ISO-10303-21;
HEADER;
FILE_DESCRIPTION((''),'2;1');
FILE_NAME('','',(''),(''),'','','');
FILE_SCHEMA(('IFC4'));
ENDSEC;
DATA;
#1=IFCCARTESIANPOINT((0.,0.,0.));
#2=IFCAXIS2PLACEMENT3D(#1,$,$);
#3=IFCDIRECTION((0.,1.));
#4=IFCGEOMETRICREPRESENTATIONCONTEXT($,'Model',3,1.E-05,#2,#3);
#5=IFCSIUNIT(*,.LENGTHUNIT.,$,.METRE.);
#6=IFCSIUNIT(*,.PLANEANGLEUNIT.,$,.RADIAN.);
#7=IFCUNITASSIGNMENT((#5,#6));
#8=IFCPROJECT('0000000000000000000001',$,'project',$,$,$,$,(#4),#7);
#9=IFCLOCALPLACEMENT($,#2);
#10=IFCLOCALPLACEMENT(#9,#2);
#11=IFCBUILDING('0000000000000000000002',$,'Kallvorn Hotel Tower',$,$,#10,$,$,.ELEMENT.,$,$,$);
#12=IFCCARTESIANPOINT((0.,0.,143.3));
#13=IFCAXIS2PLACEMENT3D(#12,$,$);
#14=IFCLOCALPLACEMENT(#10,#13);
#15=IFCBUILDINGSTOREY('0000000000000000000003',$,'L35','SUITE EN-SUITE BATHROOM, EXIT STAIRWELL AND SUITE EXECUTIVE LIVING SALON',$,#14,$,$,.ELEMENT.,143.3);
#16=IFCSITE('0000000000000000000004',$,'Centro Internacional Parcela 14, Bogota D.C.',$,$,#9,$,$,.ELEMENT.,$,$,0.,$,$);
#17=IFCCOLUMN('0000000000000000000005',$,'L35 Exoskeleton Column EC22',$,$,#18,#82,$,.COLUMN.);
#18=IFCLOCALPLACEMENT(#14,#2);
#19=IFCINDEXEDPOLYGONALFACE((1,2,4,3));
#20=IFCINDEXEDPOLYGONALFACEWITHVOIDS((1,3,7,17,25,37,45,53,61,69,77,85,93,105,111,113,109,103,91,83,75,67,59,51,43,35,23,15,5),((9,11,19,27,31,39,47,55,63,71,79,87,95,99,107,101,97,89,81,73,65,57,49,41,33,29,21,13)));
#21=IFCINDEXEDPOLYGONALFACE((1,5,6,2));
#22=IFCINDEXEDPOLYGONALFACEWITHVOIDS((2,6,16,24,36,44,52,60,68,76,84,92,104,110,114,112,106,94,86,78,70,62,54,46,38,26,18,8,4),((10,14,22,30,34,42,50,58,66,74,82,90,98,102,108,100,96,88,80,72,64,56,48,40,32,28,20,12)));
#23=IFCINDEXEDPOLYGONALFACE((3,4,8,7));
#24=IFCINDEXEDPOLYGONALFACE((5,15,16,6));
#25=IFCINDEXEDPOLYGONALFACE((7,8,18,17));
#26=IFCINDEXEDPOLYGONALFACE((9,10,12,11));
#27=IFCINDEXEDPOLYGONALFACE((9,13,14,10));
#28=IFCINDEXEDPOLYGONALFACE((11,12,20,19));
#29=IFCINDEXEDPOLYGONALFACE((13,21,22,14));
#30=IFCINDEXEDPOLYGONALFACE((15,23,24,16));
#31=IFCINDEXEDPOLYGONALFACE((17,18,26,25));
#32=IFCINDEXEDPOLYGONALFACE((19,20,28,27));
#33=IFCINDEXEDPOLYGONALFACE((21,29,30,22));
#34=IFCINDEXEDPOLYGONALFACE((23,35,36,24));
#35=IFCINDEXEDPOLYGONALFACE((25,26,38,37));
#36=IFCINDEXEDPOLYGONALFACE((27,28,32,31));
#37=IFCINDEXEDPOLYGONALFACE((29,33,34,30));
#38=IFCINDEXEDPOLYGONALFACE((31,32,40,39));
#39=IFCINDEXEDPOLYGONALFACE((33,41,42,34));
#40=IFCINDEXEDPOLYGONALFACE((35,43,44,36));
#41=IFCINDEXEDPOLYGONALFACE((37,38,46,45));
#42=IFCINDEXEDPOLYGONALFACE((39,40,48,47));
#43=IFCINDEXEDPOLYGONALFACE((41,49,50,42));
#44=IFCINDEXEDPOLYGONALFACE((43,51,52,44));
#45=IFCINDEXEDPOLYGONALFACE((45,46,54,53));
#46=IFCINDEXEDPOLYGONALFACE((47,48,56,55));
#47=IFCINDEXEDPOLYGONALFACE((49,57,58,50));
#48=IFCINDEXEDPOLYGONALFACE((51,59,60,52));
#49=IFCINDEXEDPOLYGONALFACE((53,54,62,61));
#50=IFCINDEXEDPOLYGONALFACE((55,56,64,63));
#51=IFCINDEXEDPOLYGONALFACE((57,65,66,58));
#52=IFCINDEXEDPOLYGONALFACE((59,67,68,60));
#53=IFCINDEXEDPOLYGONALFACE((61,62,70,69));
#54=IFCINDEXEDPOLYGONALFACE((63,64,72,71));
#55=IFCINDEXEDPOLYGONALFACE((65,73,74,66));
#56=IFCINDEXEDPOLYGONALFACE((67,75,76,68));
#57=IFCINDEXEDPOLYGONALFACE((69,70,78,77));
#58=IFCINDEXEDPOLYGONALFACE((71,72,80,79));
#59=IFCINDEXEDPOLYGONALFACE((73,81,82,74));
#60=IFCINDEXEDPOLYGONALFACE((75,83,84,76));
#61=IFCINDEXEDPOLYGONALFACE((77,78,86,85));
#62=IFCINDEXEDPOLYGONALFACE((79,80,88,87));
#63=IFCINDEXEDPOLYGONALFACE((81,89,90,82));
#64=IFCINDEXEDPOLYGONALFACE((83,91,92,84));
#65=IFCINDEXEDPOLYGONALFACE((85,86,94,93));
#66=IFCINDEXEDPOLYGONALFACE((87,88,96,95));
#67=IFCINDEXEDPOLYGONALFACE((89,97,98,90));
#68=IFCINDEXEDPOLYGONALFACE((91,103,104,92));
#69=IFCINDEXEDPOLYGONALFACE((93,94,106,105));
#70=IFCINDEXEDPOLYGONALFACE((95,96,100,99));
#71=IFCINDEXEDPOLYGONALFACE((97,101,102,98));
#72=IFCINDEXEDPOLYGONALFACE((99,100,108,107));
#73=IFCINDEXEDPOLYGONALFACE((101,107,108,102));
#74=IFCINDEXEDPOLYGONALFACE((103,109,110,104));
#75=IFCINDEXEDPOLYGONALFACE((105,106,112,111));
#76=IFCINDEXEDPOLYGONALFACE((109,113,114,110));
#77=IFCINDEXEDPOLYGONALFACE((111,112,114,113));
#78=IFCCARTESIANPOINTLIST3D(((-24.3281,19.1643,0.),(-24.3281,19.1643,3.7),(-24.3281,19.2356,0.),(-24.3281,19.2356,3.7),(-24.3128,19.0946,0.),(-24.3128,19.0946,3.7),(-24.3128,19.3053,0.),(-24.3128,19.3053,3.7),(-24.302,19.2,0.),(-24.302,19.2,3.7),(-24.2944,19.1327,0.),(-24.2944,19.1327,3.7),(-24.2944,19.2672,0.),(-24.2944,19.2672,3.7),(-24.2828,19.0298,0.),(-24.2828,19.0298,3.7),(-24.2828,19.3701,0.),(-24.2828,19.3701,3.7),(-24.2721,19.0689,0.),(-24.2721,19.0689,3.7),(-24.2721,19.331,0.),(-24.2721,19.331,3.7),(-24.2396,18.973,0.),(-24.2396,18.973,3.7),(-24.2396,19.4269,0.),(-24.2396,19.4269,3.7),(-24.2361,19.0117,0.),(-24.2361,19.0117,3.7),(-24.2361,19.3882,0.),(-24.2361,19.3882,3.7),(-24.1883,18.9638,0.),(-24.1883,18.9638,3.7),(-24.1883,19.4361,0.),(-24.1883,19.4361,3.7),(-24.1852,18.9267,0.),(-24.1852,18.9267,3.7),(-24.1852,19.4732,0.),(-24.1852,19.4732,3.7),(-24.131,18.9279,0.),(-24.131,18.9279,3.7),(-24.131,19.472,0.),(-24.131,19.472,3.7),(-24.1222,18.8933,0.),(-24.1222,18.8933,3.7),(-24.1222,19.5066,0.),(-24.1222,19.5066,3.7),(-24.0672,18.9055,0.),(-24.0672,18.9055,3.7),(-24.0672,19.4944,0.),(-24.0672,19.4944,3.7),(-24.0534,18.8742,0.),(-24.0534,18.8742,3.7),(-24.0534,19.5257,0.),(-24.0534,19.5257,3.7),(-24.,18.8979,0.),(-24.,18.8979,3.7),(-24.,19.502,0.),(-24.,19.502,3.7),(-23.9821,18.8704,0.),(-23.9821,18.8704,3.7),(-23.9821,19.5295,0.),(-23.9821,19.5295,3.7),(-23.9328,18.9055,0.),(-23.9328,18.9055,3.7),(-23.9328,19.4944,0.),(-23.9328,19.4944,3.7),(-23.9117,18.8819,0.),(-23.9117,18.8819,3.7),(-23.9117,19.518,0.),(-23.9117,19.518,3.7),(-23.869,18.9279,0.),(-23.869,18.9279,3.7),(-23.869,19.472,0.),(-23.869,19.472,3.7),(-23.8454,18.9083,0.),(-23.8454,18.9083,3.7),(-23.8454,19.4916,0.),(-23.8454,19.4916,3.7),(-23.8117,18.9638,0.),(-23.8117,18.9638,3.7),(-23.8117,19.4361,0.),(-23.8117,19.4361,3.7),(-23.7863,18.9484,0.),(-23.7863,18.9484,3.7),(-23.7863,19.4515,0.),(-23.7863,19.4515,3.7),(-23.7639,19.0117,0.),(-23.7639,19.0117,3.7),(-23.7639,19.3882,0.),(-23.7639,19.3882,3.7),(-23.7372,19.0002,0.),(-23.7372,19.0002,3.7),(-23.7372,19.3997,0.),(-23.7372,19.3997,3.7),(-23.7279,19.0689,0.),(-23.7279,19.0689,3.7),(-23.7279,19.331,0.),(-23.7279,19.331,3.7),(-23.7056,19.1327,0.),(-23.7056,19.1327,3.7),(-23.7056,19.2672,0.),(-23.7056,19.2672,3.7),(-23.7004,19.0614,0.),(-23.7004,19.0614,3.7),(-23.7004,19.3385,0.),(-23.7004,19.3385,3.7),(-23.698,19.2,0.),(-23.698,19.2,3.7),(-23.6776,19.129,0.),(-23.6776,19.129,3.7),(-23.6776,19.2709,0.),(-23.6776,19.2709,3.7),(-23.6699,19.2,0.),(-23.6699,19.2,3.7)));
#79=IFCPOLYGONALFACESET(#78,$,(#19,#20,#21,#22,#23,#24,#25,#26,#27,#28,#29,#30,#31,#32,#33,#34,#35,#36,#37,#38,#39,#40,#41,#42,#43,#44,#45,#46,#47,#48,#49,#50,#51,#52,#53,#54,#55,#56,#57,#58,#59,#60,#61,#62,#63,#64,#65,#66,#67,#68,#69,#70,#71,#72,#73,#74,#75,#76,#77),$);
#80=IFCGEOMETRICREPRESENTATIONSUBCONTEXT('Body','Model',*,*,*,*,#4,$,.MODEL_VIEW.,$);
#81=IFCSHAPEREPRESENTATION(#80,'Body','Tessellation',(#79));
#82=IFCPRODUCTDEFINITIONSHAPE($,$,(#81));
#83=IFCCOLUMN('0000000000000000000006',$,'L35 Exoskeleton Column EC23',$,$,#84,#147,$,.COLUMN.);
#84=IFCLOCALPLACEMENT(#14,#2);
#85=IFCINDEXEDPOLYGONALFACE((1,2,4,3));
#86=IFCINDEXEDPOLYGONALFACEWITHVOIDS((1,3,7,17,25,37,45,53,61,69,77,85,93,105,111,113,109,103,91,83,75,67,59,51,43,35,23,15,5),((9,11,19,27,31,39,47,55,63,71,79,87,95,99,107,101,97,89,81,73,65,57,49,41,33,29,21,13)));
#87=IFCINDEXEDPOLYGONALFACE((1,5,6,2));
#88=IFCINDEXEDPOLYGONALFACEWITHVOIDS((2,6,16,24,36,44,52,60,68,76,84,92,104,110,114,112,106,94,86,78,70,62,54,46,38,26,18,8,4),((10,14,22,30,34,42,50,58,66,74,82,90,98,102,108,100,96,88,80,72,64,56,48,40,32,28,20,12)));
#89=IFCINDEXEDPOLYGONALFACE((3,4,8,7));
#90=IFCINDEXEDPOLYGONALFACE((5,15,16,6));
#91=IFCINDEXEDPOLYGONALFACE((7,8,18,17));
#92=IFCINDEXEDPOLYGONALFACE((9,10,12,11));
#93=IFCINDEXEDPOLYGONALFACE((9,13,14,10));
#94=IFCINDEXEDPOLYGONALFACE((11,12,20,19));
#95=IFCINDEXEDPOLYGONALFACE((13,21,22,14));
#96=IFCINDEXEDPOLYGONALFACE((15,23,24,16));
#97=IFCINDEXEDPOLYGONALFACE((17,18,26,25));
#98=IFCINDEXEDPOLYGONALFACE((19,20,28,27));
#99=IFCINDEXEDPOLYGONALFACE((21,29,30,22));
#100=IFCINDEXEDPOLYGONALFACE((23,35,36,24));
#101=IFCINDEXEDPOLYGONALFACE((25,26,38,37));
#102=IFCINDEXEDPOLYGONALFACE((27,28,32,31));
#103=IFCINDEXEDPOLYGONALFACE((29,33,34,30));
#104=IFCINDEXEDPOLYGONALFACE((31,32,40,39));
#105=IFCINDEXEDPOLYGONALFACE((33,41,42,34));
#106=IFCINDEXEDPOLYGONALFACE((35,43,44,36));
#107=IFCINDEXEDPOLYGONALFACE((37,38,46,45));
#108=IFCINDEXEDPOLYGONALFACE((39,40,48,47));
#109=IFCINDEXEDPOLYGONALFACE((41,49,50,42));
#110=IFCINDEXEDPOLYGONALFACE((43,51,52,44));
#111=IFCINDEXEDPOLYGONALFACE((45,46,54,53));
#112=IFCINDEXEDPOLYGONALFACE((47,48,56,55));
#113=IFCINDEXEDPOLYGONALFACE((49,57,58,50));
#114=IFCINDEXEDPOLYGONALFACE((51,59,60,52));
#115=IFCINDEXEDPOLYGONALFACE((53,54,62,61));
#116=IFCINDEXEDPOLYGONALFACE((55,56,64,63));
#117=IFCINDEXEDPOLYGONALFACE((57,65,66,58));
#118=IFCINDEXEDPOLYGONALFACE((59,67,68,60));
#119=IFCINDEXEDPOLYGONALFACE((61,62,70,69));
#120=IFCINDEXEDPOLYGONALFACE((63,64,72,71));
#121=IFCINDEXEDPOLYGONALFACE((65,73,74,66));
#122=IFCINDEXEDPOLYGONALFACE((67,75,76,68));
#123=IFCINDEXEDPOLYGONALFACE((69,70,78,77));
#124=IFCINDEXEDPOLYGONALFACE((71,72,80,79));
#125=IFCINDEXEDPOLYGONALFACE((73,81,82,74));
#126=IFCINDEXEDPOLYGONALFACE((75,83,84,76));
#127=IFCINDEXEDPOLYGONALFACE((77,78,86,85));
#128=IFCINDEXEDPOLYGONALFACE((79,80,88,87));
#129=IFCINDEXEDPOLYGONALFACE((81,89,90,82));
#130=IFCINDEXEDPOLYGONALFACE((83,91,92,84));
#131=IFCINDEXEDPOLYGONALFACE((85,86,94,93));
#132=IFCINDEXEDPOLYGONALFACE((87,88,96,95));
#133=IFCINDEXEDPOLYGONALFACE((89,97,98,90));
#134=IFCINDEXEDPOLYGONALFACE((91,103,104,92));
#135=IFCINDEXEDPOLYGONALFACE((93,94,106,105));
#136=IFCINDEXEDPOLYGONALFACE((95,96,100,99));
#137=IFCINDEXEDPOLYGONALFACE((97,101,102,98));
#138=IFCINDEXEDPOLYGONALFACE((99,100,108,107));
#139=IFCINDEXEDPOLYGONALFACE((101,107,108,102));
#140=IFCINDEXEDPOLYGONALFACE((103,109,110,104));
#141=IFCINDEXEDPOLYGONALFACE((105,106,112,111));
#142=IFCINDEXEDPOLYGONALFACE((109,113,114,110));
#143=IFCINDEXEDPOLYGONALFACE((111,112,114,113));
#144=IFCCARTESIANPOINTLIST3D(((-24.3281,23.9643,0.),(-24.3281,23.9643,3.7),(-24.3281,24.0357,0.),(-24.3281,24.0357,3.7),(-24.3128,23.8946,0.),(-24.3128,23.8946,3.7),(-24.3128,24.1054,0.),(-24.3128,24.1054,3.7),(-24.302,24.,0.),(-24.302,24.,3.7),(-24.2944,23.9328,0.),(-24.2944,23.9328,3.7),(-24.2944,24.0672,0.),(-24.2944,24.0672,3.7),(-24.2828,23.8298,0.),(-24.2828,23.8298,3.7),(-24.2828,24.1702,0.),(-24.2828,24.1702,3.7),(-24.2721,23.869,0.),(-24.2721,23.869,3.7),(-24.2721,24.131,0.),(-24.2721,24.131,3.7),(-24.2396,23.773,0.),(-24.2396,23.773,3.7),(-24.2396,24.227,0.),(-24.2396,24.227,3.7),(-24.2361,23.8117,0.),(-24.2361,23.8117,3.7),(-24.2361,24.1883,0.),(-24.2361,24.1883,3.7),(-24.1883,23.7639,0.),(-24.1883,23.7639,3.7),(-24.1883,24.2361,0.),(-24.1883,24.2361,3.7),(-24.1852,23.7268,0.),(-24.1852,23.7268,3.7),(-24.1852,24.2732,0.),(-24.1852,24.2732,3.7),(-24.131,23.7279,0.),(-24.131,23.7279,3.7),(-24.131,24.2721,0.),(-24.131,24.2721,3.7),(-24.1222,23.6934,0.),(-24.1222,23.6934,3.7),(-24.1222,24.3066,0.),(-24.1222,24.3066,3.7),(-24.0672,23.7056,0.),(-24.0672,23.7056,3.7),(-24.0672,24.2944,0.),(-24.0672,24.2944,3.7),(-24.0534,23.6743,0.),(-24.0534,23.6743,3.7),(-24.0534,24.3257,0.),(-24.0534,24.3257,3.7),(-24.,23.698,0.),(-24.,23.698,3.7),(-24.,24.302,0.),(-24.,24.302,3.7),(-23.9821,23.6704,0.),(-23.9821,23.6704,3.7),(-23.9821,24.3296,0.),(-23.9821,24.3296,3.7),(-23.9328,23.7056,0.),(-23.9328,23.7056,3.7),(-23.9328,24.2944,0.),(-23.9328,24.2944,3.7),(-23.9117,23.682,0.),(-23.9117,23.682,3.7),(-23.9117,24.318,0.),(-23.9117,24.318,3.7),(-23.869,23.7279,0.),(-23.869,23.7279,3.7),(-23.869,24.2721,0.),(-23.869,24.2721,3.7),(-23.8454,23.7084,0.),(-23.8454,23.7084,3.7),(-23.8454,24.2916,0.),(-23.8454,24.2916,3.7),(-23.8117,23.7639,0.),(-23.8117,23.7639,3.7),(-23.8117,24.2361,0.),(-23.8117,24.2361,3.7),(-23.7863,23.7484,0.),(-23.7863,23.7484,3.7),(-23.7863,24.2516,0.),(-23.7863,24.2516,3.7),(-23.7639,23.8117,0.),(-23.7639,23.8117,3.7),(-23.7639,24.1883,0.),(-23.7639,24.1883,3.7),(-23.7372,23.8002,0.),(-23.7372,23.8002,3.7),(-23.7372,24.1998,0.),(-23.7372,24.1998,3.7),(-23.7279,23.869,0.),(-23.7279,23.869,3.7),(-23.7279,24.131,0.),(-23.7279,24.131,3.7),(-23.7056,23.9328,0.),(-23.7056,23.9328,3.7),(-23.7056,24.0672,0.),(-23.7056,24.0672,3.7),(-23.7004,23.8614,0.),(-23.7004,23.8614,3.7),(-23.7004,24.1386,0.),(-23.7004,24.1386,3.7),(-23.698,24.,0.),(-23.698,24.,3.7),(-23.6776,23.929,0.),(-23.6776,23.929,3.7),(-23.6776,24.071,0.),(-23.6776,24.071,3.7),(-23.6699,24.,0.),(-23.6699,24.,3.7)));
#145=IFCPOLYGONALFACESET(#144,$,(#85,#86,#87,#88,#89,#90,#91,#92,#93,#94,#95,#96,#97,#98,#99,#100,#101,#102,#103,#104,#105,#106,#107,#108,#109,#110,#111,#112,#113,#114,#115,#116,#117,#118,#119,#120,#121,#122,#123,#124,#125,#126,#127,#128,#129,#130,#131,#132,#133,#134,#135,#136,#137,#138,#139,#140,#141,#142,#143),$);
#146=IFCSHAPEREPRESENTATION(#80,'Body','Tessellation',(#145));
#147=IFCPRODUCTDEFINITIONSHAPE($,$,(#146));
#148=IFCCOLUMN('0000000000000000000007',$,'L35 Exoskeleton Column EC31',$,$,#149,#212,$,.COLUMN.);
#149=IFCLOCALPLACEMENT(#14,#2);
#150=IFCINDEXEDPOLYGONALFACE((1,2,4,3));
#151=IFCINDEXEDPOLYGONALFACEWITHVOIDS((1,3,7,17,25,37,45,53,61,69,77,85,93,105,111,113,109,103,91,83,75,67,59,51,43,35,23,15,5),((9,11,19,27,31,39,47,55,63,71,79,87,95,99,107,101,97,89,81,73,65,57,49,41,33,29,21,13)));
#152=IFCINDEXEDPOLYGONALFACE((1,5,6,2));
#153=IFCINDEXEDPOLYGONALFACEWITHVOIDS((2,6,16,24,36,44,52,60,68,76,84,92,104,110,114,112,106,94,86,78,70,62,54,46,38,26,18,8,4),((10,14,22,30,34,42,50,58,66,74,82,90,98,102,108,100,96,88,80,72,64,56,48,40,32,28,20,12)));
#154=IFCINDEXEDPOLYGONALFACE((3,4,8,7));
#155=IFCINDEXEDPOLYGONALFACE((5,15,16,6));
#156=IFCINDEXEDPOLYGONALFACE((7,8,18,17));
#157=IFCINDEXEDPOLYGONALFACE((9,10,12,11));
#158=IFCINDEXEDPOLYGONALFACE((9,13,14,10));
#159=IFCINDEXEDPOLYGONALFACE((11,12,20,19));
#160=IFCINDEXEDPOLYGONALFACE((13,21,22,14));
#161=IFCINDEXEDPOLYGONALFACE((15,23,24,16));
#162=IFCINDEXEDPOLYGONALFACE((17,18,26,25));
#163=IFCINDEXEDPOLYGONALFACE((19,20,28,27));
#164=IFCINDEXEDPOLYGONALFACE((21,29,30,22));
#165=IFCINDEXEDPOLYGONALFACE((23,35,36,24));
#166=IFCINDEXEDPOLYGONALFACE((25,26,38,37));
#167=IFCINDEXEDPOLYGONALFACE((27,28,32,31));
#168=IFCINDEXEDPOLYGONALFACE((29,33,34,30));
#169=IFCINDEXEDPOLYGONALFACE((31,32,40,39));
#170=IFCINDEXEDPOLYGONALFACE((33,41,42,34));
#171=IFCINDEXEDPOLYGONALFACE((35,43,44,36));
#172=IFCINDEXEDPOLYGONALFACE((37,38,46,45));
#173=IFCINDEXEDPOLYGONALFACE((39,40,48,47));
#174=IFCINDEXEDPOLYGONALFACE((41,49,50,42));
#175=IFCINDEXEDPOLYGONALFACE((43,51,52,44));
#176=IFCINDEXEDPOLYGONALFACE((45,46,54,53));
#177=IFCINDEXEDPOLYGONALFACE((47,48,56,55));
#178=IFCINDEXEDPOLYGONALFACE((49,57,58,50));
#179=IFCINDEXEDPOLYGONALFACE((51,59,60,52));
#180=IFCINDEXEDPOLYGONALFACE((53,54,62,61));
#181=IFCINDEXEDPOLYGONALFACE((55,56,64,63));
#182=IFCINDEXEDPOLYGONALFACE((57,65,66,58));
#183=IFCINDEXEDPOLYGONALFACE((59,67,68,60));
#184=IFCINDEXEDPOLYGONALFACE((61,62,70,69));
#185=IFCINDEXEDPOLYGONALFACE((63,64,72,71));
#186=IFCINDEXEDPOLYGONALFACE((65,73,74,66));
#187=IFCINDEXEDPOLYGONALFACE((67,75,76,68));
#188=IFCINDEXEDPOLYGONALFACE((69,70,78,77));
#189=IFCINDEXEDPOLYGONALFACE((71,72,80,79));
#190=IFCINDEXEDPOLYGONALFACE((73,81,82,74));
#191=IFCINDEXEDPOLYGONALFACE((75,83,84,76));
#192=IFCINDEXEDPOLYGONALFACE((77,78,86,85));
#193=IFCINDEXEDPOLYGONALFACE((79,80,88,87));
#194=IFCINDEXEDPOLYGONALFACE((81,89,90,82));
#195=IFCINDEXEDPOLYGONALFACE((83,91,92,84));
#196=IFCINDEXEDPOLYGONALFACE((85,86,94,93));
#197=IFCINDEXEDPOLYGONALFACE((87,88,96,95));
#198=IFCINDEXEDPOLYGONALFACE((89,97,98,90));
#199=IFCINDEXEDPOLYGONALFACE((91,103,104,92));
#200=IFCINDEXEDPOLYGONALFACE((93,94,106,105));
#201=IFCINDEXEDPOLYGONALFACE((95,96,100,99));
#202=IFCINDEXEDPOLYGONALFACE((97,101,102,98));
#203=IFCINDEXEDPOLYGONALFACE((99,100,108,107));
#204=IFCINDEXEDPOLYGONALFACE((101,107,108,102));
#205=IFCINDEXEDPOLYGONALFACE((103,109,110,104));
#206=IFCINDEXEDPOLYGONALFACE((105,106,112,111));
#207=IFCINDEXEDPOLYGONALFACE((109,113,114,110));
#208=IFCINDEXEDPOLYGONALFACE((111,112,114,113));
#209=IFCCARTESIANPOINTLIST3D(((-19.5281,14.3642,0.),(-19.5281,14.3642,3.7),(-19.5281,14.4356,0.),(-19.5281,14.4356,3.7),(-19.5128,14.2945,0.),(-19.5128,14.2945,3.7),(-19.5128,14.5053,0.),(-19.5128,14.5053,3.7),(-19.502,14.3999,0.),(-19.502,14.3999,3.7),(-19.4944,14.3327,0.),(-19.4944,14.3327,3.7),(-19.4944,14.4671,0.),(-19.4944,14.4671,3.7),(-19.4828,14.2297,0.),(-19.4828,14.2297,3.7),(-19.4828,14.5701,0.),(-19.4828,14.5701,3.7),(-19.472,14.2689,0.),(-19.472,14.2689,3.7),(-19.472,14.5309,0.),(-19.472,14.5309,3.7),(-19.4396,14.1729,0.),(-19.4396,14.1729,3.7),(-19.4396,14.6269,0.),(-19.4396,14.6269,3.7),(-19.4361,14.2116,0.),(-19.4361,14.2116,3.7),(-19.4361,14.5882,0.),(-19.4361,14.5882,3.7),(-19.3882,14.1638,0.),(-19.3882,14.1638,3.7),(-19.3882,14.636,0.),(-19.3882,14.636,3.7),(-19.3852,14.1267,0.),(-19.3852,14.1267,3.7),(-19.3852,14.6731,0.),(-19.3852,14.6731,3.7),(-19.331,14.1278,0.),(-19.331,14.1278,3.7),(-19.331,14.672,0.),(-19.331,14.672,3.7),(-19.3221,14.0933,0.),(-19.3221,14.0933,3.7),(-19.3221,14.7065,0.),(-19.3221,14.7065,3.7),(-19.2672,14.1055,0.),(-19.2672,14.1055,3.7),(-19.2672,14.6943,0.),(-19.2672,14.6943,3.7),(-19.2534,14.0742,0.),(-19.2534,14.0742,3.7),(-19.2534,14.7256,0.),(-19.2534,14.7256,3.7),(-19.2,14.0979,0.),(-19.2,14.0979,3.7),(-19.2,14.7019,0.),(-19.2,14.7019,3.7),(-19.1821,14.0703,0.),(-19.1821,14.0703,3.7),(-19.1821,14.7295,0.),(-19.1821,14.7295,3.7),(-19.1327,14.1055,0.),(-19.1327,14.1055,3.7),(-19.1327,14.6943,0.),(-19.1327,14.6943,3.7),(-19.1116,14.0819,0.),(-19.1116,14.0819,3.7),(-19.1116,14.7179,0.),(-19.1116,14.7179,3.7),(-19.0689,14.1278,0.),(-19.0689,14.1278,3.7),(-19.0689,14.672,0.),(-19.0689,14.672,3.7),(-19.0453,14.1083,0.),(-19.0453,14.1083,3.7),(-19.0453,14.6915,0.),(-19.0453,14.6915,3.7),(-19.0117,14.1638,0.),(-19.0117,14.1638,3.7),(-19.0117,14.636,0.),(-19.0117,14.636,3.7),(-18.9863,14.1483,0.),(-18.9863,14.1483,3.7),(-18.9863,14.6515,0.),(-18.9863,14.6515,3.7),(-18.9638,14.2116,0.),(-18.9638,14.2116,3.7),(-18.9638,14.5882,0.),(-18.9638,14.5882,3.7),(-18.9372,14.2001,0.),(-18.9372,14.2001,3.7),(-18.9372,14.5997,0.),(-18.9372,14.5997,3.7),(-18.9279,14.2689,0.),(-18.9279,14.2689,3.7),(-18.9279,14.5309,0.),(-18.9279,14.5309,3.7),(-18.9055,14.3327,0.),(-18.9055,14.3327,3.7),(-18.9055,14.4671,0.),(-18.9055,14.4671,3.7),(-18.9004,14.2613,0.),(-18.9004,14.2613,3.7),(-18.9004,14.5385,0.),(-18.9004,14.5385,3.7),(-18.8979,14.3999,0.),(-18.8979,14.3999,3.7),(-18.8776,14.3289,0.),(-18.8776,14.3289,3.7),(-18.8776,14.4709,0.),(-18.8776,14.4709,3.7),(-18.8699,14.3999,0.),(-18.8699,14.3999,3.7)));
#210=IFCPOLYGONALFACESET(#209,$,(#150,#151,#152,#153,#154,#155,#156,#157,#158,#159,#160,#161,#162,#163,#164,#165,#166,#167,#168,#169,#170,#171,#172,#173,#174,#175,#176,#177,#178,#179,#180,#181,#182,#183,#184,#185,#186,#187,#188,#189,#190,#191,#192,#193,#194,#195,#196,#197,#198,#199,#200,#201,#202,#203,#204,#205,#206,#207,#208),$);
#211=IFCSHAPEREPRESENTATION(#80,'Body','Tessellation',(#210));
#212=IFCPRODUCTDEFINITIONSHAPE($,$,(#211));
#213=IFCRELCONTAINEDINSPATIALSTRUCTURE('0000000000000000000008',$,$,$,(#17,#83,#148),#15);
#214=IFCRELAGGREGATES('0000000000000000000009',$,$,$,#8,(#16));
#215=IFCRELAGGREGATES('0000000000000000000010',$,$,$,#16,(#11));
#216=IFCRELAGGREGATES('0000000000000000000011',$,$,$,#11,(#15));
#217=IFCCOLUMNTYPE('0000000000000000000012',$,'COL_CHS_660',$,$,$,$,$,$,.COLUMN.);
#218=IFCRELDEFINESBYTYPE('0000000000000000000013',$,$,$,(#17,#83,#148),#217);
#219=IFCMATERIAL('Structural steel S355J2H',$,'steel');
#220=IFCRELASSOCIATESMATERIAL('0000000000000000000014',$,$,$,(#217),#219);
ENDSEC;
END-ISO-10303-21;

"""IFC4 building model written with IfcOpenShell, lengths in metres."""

from ifc_helpers import new_model, si_unit, direction, frame, origin, origin_2d, place, context, subcontext, project, spatial, hollow_circle, extrude, material, material_profile, profile_set, type_object, element, save


model = new_model("IFC4")

# Units and contexts
model_context = context("Model", 3, precision=1e-05, world=origin(), true_north=direction((0.0, 1.0)))
body_context = subcontext(model_context, "Body", "Model", "MODEL_VIEW")
ifc_project = project(units=[si_unit("LENGTHUNIT", "METRE"), si_unit("PLANEANGLEUNIT", "RADIAN")], contexts=[model_context])

# Site, building, storey
site_placement = place(None, origin())
site = spatial("IfcSite", under=ifc_project, at=site_placement, Name="Centro Internacional Parcela 14, Bogota D.C.", CompositionType="ELEMENT", RefElevation=0.0)
building_placement = place(site_placement, origin())
building = spatial("IfcBuilding", under=site, at=building_placement, Name="Kallvorn Hotel Tower", CompositionType="ELEMENT")
storey_placement = place(building_placement, frame((0.0, 0.0, 143.3)))
storey = spatial("IfcBuildingStorey", under=building, at=storey_placement, Name="L35", Description="SUITE EN-SUITE BATHROOM, EXIT STAIRWELL AND SUITE EXECUTIVE LIVING SALON", CompositionType="ELEMENT", Elevation=143.3)

# Columns
ifc_material_1 = material(Name="Structural steel S355J2H", Category="steel")
ifc_material_profile_1 = material_profile(ifc_material_1, hollow_circle(Radius=0.3301, WallThickness=0.0281, at=origin_2d()), Name="CHS 660x28")
ifc_profile_set_1 = profile_set([ifc_material_profile_1], Name="Structural steel S355J2H")
column_type_1 = type_object("IfcColumnType", Name="COL_CHS_660", PredefinedType="COLUMN", material=ifc_profile_set_1)
for number, where, z_axis, x_axis, name in (
    (1, (-24.0, 19.2, 0.0), (0.0, 0.0, 1.0), (1.0, 0.0, 0.0), "L35 Exoskeleton Column EC22"),
    (2, (-24.0, 24.0, 0.0), (0.0, 0.0, 1.0), (1.0, 0.0, 0.0), "L35 Exoskeleton Column EC23"),
    (3, (-19.2, 14.3999, 0.0), (0.0, 0.0, 1.0), (1.0, 0.0, 0.0), "L35 Exoskeleton Column EC31"),
):
    element("IfcColumn", number, at=place(storey_placement, frame(where, z_axis=z_axis, x_axis=x_axis)), inside=storey, type_object=column_type_1, Name=name, PredefinedType="COLUMN", context=body_context, shape_type="SweptSolid", body=[
        extrude(hollow_circle(Radius=0.3301, WallThickness=0.0281, at=origin_2d()), origin(), (0.0, 0.0, 1.0), 3.7),
    ])

save(model, "model.ifc")
